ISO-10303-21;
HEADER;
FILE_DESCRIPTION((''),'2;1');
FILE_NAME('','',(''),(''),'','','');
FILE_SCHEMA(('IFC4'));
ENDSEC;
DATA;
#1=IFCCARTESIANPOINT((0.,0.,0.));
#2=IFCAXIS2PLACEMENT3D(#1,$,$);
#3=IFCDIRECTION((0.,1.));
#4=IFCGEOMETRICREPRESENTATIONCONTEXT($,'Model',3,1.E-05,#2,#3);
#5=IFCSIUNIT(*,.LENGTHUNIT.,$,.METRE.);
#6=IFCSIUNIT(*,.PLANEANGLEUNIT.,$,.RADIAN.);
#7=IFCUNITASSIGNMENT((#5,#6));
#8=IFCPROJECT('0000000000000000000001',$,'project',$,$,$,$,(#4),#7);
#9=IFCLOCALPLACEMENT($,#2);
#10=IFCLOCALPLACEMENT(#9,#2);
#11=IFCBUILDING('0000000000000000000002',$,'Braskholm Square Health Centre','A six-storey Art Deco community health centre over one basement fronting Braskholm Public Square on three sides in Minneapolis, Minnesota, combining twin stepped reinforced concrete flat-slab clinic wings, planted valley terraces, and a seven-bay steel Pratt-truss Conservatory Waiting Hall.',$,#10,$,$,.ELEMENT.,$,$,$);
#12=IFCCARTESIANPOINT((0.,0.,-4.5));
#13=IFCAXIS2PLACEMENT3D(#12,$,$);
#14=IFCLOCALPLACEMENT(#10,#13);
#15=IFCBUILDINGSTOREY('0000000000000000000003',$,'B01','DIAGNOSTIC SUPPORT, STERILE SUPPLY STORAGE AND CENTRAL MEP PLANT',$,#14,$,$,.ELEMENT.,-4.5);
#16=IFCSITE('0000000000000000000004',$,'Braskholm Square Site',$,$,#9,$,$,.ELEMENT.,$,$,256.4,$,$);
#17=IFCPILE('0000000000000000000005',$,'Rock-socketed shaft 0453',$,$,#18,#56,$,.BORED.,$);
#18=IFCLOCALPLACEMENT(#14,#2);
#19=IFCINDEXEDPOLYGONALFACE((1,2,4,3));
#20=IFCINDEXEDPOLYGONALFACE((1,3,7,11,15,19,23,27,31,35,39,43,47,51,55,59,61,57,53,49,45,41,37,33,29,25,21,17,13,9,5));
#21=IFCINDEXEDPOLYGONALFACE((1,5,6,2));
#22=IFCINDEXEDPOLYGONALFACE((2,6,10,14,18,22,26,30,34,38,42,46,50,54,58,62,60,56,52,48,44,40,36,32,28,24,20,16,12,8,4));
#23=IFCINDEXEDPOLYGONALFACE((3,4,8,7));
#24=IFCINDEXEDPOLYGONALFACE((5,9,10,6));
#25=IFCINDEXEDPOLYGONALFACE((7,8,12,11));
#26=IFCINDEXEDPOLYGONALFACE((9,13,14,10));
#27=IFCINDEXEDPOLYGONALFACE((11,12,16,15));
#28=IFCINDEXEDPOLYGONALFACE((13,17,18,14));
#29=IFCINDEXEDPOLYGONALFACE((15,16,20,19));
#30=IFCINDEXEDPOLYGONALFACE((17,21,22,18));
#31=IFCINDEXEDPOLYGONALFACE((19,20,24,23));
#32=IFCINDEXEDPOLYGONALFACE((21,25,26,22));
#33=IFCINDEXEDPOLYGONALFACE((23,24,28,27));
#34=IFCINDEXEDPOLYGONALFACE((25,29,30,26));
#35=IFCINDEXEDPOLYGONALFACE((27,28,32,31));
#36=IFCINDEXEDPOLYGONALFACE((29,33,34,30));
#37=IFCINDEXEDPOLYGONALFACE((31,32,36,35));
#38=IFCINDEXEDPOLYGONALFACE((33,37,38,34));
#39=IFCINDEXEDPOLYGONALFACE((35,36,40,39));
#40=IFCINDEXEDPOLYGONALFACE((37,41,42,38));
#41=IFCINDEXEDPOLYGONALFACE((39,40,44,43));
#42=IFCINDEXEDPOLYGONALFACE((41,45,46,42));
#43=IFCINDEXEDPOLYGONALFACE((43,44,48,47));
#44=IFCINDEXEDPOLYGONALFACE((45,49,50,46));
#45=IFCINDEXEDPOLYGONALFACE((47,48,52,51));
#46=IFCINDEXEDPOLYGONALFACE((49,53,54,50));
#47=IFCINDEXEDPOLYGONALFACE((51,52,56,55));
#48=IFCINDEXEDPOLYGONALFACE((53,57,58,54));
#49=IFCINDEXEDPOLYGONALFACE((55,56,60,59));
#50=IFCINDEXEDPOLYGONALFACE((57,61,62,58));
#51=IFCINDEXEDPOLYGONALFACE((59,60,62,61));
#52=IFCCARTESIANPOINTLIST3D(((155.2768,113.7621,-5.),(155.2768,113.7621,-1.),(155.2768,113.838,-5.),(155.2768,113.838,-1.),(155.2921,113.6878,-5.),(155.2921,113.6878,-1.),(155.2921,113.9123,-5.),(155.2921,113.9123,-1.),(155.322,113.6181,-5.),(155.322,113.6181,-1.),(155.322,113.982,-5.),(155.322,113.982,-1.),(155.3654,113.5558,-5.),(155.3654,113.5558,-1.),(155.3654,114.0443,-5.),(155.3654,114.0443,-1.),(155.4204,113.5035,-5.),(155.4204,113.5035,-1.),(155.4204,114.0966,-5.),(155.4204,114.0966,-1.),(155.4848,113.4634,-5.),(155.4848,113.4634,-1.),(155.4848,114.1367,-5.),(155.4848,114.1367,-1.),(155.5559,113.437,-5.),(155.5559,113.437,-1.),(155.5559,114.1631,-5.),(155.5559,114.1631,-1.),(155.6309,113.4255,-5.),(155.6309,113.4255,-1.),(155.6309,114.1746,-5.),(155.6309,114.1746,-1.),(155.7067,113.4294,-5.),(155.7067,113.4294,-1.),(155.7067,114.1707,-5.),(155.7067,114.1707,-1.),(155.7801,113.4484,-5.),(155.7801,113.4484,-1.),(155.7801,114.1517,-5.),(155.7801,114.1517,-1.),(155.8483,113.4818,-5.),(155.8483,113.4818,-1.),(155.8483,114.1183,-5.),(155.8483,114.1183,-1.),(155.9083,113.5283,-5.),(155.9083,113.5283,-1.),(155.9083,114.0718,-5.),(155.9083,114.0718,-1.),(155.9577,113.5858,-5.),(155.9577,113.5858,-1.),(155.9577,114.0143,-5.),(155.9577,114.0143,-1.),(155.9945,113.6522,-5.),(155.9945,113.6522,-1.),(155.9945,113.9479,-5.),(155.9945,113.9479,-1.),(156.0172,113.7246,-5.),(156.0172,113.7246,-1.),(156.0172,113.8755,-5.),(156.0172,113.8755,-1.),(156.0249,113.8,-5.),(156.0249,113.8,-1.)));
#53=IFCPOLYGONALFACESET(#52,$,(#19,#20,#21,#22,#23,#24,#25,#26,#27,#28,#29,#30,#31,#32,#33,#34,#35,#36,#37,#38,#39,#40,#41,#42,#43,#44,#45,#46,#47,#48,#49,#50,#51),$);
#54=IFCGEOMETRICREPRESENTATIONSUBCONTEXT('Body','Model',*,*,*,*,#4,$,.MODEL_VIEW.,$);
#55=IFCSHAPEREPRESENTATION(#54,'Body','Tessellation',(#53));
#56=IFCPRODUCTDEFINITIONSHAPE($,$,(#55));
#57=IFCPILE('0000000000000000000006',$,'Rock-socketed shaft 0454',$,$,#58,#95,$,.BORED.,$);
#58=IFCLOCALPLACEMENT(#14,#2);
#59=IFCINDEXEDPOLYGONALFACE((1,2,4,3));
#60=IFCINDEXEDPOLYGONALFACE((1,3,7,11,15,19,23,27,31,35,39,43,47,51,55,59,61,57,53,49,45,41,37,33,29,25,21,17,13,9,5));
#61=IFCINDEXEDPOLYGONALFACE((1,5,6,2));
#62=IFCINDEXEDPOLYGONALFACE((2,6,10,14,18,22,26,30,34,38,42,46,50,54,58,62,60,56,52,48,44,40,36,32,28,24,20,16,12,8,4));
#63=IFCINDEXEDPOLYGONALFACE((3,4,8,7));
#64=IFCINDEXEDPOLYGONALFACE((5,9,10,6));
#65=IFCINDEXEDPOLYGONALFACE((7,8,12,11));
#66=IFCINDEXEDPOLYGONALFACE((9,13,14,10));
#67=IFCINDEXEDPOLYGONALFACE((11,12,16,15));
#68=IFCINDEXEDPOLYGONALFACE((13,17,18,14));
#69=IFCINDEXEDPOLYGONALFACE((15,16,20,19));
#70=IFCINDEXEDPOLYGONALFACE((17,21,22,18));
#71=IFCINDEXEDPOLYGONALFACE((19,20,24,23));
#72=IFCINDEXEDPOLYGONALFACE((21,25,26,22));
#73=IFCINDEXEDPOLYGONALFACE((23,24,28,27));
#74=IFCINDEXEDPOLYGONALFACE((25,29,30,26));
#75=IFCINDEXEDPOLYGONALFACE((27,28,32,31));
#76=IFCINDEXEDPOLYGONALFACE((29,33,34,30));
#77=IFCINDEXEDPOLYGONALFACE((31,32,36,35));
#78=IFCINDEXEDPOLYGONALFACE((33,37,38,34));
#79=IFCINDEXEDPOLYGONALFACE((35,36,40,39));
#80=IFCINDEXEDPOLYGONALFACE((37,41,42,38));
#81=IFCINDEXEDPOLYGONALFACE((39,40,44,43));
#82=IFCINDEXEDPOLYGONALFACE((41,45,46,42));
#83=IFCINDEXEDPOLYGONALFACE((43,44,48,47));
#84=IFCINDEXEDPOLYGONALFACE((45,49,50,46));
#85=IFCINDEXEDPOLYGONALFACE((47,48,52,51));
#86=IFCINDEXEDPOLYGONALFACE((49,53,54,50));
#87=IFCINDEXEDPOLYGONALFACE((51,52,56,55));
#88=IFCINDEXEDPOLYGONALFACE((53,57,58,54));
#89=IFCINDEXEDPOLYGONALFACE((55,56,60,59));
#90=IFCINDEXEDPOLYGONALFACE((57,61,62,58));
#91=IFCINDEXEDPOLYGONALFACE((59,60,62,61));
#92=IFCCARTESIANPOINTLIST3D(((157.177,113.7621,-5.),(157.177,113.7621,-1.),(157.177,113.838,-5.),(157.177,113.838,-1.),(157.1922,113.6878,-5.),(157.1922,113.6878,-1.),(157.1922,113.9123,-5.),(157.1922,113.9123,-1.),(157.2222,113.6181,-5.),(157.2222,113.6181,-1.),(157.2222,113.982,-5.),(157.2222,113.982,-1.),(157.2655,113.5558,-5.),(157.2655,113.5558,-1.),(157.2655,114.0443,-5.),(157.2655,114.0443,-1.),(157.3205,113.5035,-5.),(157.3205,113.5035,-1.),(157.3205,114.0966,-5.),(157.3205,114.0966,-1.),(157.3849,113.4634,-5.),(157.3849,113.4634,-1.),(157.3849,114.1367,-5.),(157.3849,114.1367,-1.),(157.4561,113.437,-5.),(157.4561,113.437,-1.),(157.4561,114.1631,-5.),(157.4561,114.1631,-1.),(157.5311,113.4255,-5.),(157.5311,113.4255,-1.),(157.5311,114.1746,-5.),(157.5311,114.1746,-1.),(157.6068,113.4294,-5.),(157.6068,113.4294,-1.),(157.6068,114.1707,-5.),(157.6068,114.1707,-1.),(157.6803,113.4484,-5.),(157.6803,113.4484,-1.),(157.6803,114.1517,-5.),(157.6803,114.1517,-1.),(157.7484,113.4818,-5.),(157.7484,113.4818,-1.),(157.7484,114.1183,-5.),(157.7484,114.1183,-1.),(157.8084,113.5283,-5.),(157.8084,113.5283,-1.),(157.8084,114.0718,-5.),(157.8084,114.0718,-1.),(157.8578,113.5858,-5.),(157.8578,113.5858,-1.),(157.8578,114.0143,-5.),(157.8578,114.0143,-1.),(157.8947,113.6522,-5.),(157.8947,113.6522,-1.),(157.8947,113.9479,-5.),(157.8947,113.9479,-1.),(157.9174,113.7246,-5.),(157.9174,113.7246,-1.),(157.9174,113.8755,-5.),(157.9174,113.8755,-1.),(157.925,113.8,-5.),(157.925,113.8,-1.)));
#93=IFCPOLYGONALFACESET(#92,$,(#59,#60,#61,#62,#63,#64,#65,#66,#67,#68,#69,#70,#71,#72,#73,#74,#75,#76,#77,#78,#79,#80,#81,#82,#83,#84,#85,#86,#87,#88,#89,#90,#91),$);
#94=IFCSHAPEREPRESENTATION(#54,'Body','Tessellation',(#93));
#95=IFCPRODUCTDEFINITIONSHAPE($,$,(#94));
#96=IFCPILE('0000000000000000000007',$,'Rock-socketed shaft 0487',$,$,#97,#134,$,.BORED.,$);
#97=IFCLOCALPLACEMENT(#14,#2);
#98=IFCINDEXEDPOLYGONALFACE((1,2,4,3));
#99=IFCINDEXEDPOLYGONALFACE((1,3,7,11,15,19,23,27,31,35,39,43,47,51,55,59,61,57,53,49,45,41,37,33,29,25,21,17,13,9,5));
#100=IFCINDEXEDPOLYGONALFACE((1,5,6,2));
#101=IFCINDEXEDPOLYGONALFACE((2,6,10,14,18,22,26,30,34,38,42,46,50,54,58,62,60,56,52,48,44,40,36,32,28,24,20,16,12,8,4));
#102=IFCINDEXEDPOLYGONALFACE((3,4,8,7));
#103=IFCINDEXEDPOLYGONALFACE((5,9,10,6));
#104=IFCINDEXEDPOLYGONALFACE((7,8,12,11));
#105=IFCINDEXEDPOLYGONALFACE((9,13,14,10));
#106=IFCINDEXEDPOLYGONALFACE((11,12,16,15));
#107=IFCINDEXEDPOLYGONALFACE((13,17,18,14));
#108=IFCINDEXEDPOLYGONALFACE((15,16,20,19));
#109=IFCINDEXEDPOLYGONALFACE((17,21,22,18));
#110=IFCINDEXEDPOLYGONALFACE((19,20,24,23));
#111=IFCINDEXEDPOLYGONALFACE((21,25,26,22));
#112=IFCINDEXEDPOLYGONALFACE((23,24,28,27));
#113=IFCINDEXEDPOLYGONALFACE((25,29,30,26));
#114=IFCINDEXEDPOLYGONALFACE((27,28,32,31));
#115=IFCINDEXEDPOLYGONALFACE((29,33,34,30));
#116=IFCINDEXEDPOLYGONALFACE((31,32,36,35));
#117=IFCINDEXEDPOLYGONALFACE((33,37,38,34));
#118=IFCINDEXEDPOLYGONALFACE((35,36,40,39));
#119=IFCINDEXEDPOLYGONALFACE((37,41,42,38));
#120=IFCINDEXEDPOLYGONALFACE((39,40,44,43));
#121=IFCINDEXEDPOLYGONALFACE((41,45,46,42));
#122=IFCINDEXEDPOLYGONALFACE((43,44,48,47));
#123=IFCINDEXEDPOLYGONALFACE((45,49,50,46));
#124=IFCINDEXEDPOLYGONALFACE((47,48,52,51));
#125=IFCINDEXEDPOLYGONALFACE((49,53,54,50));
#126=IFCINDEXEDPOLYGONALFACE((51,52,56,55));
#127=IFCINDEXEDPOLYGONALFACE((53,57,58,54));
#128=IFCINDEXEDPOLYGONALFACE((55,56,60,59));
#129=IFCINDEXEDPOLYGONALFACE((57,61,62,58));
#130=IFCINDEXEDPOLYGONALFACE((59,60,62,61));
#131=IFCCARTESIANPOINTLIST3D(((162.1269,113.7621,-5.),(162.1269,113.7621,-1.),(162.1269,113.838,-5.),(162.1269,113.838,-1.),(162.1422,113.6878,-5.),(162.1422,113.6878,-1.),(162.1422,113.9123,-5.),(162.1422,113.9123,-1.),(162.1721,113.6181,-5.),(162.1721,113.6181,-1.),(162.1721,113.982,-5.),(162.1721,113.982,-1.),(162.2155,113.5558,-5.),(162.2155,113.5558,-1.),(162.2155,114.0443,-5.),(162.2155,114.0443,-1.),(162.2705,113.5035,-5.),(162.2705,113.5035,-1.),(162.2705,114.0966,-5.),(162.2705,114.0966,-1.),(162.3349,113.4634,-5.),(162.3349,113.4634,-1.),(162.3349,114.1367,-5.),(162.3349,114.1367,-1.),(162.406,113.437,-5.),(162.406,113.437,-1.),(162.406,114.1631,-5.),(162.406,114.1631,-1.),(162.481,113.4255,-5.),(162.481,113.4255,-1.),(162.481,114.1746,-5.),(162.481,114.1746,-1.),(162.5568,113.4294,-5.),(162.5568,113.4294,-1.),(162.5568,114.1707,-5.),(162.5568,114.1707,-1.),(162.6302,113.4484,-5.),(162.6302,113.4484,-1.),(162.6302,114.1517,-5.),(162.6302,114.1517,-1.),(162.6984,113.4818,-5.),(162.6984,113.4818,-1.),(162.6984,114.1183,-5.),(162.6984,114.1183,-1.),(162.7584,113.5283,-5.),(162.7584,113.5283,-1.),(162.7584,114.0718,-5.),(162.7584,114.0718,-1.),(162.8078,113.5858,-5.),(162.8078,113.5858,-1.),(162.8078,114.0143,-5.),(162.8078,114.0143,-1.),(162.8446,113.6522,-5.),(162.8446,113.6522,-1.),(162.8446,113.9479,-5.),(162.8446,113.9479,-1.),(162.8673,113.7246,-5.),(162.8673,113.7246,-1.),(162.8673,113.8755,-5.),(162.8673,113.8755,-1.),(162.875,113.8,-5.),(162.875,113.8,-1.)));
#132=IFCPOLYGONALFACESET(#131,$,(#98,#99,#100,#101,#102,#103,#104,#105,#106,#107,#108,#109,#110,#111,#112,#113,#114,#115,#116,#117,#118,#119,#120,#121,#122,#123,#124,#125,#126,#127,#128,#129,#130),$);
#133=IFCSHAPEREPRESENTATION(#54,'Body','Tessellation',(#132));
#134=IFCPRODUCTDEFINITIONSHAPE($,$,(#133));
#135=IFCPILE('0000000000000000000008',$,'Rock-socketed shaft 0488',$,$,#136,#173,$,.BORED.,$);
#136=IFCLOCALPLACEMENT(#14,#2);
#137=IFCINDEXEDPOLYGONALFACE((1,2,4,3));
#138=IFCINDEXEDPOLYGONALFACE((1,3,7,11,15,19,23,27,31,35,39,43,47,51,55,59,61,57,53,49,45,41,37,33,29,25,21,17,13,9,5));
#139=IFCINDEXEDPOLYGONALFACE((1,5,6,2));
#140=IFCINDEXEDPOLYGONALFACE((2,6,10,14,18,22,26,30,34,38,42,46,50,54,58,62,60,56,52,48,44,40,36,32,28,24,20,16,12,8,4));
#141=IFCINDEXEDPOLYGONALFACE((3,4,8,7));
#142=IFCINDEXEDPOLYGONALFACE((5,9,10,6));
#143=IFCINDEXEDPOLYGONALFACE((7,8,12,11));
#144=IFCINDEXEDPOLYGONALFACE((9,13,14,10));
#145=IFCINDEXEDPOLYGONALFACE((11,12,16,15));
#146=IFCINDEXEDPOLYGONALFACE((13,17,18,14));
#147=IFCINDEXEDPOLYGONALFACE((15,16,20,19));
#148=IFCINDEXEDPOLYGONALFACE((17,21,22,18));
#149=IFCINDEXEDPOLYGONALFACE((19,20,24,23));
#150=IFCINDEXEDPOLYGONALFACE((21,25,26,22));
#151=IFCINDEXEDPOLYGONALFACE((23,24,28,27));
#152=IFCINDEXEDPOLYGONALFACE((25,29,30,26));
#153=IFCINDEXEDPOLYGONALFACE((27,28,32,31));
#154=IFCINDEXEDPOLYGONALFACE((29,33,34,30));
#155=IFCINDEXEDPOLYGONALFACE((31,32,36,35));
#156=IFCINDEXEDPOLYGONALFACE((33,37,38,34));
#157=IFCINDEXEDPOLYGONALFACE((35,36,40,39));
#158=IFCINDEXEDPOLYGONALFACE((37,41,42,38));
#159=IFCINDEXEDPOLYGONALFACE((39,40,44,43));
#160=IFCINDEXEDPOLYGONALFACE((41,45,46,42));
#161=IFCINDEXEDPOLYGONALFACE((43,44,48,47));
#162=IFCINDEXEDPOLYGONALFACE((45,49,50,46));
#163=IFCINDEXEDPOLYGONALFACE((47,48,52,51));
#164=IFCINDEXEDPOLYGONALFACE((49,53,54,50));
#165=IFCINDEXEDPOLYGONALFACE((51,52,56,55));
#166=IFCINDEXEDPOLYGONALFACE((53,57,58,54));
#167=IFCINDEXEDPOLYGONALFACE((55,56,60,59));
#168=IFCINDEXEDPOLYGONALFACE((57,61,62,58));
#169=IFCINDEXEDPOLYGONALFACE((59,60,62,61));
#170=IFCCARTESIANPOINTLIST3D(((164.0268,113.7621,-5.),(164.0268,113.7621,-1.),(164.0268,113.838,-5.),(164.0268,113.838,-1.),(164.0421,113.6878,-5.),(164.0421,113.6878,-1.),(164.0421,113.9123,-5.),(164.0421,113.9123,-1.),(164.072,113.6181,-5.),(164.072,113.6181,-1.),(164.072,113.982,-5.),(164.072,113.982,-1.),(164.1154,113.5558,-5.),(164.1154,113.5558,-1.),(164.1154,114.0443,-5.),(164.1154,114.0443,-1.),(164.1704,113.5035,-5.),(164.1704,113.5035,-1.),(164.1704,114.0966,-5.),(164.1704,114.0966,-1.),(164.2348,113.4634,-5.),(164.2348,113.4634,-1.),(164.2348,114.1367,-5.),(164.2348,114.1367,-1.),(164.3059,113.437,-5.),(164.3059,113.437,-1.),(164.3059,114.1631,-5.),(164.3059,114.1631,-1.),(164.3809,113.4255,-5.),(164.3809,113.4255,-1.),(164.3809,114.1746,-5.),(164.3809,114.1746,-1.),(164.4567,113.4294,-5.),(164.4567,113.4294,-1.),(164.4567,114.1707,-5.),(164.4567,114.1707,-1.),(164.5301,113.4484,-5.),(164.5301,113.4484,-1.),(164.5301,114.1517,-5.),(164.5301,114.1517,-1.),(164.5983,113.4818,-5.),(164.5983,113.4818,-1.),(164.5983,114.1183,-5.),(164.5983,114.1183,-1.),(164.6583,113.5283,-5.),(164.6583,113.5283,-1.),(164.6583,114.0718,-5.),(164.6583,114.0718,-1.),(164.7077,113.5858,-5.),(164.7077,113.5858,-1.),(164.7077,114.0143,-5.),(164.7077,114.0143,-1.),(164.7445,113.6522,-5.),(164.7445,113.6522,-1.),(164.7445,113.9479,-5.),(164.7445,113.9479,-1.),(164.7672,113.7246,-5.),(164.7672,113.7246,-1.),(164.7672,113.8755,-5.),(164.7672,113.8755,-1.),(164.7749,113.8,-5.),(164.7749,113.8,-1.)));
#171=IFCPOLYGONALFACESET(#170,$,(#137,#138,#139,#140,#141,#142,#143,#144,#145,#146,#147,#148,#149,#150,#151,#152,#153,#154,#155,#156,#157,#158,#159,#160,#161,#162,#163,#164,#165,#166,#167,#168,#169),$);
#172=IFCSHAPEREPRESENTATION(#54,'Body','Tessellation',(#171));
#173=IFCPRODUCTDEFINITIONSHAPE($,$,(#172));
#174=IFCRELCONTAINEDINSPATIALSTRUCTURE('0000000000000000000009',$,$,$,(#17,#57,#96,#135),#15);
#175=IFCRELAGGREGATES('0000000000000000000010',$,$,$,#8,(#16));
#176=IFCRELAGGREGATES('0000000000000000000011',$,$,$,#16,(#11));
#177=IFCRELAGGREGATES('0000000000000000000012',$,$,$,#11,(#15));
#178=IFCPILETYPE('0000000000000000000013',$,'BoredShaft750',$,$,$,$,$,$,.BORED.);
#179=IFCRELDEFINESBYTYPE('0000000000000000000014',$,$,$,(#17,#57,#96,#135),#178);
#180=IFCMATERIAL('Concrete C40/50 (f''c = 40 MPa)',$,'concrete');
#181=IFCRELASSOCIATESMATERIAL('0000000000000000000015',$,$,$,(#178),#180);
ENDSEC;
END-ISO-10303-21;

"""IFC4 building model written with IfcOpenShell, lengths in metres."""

from ifc_helpers import new_model, si_unit, direction, frame, origin, origin_2d, place, context, subcontext, project, spatial, circle, extrude, material, material_profile, profile_set, type_object, element, save


model = new_model("IFC4")

# Units and contexts
model_context = context("Model", 3, precision=1e-05, world=origin(), true_north=direction((0.0, 1.0)))
body_context = subcontext(model_context, "Body", "Model", "MODEL_VIEW")
ifc_project = project(units=[si_unit("LENGTHUNIT", "METRE"), si_unit("PLANEANGLEUNIT", "RADIAN")], contexts=[model_context])

# Site, building, storey
site_placement = place(None, origin())
site = spatial("IfcSite", under=ifc_project, at=site_placement, Name="Braskholm Square Site", CompositionType="ELEMENT", RefElevation=256.4)
building_placement = place(site_placement, origin())
building = spatial("IfcBuilding", under=site, at=building_placement, Name="Braskholm Square Health Centre", Description="A six-storey Art Deco community health centre over one basement fronting Braskholm Public Square on three sides in Minneapolis, Minnesota, combining twin stepped reinforced concrete flat-slab clinic wings, planted valley terraces, and a seven-bay steel Pratt-truss Conservatory Waiting Hall.", CompositionType="ELEMENT")
storey_placement = place(building_placement, frame((0.0, 0.0, -4.5)))
storey = spatial("IfcBuildingStorey", under=building, at=storey_placement, Name="B01", Description="DIAGNOSTIC SUPPORT, STERILE SUPPLY STORAGE AND CENTRAL MEP PLANT", CompositionType="ELEMENT", Elevation=-4.5)

# Piles
ifc_material_1 = material(Name="Concrete C40/50 (f'c = 40 MPa)", Category="concrete")
ifc_material_profile_1 = material_profile(ifc_material_1, circle(Radius=0.375, at=origin_2d()), Name="BORED-PILE-750")
ifc_profile_set_1 = profile_set([ifc_material_profile_1], Name="Concrete C40/50 (f'c = 40 MPa)")
pile_type_1 = type_object("IfcPileType", Name="BoredShaft750", PredefinedType="BORED", material=ifc_profile_set_1)
for number, where, z_axis, x_axis, name in (
    (1, (155.6499, 113.8, -1.0), (0.0, 0.0, -1.0), (1.0, 0.0, 0.0), "Rock-socketed shaft 0453"),
    (2, (157.55, 113.8, -1.0), (0.0, 0.0, -1.0), (1.0, 0.0, 0.0), "Rock-socketed shaft 0454"),
    (3, (162.5, 113.8, -1.0), (0.0, 0.0, -1.0), (1.0, 0.0, 0.0), "Rock-socketed shaft 0487"),
    (4, (164.3999, 113.8, -1.0), (0.0, 0.0, -1.0), (1.0, 0.0, 0.0), "Rock-socketed shaft 0488"),
):
    element("IfcPile", number, at=place(storey_placement, frame(where, z_axis=z_axis, x_axis=x_axis)), inside=storey, type_object=pile_type_1, Name=name, PredefinedType="BORED", context=body_context, shape_type="SweptSolid", body=[
        extrude(circle(Radius=0.375, at=origin_2d()), origin(), (0.0, 0.0, 1.0), 4.0),
    ])

save(model, "model.ifc")
